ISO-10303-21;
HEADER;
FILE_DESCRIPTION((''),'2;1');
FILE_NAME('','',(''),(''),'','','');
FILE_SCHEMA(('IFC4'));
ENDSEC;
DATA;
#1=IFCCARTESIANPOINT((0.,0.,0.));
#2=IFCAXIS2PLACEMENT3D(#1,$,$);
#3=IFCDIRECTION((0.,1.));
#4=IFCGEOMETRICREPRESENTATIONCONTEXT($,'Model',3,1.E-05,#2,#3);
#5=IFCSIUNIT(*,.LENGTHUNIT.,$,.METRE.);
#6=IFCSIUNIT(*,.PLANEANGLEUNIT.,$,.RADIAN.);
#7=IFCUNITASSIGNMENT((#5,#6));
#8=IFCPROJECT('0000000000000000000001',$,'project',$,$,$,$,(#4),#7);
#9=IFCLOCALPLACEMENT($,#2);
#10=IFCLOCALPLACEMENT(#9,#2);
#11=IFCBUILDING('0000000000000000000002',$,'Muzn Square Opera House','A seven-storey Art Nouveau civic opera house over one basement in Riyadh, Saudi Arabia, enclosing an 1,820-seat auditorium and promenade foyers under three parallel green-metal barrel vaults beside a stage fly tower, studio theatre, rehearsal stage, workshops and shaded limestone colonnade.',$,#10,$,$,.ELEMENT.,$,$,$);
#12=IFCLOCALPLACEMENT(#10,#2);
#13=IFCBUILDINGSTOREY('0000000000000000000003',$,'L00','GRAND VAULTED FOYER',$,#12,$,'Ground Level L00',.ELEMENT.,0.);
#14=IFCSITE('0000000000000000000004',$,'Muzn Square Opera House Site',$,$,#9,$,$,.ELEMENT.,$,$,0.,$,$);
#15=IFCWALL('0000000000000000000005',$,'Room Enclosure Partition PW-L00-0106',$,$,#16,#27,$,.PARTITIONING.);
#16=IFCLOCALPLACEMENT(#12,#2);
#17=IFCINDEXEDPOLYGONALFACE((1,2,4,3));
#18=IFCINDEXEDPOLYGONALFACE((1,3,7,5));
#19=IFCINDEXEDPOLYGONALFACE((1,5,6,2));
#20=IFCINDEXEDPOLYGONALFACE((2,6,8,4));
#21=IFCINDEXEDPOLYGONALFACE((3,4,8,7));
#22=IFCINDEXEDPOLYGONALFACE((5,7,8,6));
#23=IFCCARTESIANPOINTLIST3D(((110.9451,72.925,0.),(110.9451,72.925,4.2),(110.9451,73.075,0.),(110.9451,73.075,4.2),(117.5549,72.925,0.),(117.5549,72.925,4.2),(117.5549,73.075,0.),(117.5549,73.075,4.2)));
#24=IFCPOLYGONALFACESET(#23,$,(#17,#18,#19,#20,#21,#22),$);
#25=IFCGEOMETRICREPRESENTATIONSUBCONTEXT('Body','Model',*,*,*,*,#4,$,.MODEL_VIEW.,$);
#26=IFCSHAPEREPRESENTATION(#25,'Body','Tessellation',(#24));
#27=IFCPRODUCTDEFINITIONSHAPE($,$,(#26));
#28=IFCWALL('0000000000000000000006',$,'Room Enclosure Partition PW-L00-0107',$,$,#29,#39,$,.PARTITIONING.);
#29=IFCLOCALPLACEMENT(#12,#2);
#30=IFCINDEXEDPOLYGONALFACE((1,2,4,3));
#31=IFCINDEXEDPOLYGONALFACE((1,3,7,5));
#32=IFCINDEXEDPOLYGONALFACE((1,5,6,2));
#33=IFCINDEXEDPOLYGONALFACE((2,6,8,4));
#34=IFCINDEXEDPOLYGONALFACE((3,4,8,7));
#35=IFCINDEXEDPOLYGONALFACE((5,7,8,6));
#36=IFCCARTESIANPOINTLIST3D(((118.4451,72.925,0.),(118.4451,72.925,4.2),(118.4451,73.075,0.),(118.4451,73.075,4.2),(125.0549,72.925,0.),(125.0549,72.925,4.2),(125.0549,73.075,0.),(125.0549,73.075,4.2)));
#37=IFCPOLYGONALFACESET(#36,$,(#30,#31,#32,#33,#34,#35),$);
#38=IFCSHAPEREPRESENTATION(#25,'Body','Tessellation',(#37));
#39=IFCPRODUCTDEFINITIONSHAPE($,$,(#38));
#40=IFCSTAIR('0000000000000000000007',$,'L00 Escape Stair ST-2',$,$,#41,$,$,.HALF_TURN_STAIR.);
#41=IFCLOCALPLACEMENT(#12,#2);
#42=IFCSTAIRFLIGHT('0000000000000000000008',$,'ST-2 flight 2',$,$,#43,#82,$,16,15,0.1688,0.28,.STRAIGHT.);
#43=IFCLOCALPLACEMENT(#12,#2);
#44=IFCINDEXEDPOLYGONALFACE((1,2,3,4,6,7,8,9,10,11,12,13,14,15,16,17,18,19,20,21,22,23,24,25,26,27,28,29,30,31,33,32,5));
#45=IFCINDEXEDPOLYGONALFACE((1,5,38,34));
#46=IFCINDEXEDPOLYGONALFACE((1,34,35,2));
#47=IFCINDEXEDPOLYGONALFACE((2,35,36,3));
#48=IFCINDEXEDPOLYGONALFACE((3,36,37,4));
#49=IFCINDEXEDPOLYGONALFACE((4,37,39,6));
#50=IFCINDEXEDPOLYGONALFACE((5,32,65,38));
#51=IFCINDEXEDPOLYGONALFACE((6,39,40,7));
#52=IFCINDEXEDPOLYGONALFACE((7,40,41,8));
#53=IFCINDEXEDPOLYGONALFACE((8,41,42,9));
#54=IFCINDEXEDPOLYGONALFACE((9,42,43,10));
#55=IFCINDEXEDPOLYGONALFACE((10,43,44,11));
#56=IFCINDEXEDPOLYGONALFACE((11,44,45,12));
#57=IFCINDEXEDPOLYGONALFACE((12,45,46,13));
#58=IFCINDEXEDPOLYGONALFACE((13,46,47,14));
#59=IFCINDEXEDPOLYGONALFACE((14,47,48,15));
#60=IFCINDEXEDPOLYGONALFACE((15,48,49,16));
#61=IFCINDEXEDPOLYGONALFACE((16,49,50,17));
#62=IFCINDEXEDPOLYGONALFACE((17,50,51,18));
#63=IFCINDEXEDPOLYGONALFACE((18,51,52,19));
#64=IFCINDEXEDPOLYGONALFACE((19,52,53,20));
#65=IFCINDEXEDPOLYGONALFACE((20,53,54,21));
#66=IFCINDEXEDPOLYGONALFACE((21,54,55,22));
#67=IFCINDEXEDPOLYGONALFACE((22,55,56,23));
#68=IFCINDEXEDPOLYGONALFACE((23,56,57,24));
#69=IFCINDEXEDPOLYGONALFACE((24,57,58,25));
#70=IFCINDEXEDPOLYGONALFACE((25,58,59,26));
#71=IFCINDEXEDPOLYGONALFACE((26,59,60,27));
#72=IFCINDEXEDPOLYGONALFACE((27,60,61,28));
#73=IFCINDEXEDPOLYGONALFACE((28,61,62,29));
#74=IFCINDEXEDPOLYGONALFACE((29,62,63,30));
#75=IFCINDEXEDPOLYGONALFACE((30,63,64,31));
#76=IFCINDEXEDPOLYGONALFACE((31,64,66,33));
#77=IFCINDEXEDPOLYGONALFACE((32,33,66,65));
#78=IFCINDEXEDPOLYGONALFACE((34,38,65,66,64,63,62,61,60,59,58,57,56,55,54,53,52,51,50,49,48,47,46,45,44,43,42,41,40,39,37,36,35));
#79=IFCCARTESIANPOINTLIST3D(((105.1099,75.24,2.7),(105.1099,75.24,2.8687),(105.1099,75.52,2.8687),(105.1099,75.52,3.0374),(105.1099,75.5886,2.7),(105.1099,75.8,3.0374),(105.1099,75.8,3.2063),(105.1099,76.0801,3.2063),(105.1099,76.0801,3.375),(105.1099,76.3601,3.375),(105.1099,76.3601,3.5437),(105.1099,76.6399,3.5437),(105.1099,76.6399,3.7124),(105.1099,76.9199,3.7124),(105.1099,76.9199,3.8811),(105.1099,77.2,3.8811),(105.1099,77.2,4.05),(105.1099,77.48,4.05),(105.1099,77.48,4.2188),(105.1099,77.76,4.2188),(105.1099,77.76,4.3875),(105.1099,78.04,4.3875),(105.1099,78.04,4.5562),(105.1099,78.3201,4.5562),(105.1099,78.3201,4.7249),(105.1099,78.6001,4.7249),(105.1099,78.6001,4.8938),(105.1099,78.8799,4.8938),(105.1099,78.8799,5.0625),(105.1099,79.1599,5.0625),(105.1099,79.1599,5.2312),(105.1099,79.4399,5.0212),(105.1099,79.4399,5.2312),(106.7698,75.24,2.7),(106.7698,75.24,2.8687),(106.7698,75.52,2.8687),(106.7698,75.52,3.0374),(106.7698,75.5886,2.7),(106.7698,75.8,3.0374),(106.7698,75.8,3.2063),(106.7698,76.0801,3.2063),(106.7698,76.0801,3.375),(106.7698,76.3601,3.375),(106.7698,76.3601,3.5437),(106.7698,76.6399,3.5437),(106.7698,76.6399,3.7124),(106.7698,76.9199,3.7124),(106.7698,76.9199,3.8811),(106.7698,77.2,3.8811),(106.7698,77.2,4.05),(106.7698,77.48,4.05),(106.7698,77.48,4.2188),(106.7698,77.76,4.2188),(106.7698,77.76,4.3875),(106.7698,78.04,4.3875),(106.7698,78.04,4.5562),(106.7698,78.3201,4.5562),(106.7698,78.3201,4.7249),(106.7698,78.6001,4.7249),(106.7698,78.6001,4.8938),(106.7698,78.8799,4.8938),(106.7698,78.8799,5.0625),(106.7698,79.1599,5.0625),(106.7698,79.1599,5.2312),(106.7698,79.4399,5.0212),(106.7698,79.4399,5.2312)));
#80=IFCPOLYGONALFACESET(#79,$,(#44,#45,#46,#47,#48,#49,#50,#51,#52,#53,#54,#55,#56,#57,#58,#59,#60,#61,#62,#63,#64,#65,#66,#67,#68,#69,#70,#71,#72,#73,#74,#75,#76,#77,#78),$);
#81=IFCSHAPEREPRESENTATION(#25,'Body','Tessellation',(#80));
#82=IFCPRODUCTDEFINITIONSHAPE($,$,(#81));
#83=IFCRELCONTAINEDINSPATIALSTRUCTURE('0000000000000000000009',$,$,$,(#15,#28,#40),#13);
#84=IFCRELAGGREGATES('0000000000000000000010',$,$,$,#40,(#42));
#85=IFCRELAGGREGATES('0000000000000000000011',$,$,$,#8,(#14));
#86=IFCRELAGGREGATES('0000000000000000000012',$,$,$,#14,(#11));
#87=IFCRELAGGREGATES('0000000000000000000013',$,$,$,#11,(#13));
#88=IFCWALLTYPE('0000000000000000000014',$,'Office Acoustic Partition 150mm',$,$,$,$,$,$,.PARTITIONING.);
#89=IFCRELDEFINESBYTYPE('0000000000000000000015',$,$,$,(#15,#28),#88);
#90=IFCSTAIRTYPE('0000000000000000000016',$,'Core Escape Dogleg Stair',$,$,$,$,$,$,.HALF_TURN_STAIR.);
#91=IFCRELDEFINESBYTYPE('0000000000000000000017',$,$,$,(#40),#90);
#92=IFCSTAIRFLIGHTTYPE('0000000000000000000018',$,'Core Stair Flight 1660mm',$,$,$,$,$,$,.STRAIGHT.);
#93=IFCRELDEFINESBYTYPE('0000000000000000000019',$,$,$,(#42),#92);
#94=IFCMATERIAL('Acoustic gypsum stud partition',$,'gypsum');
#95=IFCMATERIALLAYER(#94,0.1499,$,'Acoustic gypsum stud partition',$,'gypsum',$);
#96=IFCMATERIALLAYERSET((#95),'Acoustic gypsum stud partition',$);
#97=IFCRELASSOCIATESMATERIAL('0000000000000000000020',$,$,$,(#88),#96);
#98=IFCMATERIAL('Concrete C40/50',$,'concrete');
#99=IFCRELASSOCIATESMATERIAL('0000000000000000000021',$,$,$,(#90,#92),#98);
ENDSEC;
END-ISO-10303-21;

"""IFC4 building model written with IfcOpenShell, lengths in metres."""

from ifc_helpers import new_model, si_unit, direction, frame, frame_2d, origin, place, context, subcontext, project, spatial, polyline, rectangle, outline, extrude, material, layer, layer_set, type_object, element, aggregate, save


model = new_model("IFC4")

# Units and contexts
model_context = context("Model", 3, precision=1e-05, world=origin(), true_north=direction((0.0, 1.0)))
body_context = subcontext(model_context, "Body", "Model", "MODEL_VIEW")
ifc_project = project(units=[si_unit("LENGTHUNIT", "METRE"), si_unit("PLANEANGLEUNIT", "RADIAN")], contexts=[model_context])

# Site, building, storey
site_placement = place(None, origin())
site = spatial("IfcSite", under=ifc_project, at=site_placement, Name="Muzn Square Opera House Site", CompositionType="ELEMENT", RefElevation=0.0)
building_placement = place(site_placement, origin())
building = spatial("IfcBuilding", under=site, at=building_placement, Name="Muzn Square Opera House", Description="A seven-storey Art Nouveau civic opera house over one basement in Riyadh, Saudi Arabia, enclosing an 1,820-seat auditorium and promenade foyers under three parallel green-metal barrel vaults beside a stage fly tower, studio theatre, rehearsal stage, workshops and shaded limestone colonnade.", CompositionType="ELEMENT")
storey_placement = place(building_placement, origin())
storey = spatial("IfcBuildingStorey", under=building, at=storey_placement, Name="L00", Description="GRAND VAULTED FOYER", LongName="Ground Level L00", CompositionType="ELEMENT", Elevation=0.0)

# Shared definitions
ifc_material_1 = material(Name="Concrete C40/50", Category="concrete")

# Walls
ifc_material_2 = material(Name="Acoustic gypsum stud partition", Category="gypsum")
ifc_layer_1 = layer(ifc_material_2, 0.1499, Name="Acoustic gypsum stud partition", Category="gypsum")
ifc_layer_set_1 = layer_set([ifc_layer_1], Name="Acoustic gypsum stud partition")
wall_type_1 = type_object("IfcWallType", Name="Office Acoustic Partition 150mm", PredefinedType="PARTITIONING", material=ifc_layer_set_1)
for number, where, z_axis, x_axis, name in (
    (1, (110.9451, 73.0, 0.0), (0.0, 0.0, 1.0), (1.0, 0.0, 0.0), "Room Enclosure Partition PW-L00-0106"),
    (2, (118.4451, 73.0, 0.0), (0.0, 0.0, 1.0), (1.0, 0.0, 0.0), "Room Enclosure Partition PW-L00-0107"),
):
    element("IfcWall", number, at=place(storey_placement, frame(where, z_axis=z_axis, x_axis=x_axis)), inside=storey, type_object=wall_type_1, Name=name, PredefinedType="PARTITIONING", context=body_context, shape_type="SweptSolid", body=[
        extrude(rectangle(XDim=6.6099, YDim=0.1499, at=frame_2d((3.3049, 0.0))), origin(), (0.0, 0.0, 1.0), 4.2),
    ])

# Stair, stair flight
stair_type = type_object("IfcStairType", Name="Core Escape Dogleg Stair", PredefinedType="HALF_TURN_STAIR", material=ifc_material_1)
stair_placement = place(storey_placement, origin())
stair = element("IfcStair", 3, at=stair_placement, inside=storey, type_object=stair_type, Name="L00 Escape Stair ST-2", PredefinedType="HALF_TURN_STAIR")
stair_flight_type = type_object("IfcStairFlightType", Name="Core Stair Flight 1660mm", PredefinedType="STRAIGHT", material=ifc_material_1)
stair_flight_placement = place(storey_placement, frame((105.9399, 75.24, 2.7), z_axis=(0.0, 0.0, 1.0), x_axis=(0.0, 1.0, 0.0)))
stair_flight = element("IfcStairFlight", 4, at=stair_flight_placement, type_object=stair_flight_type, Name="ST-2 flight 2", NumberOfRisers=16, NumberOfTreads=15, PredefinedType="STRAIGHT", RiserHeight=0.1688, TreadLength=0.28, context=body_context, shape_type="SweptSolid", body=[
    extrude(outline(polyline([(0.0, 0.0), (0.0, 0.1687), (0.28, 0.1687), (0.28, 0.3374), (0.5601, 0.3374), (0.5601, 0.5063), (0.8401, 0.5063), (0.8401, 0.675), (1.1201, 0.675), (1.1201, 0.8438), (1.3999, 0.8438), (1.3999, 1.0125), (1.6799, 1.0125), (1.6799, 1.1812), (1.96, 1.1812), (1.96, 1.3501), (2.24, 1.3501), (2.24, 1.5188), (2.52, 1.5188), (2.52, 1.6875), (2.8, 1.6875), (2.8, 1.8562), (3.0801, 1.8562), (3.0801, 2.0249), (3.3601, 2.0249), (3.3601, 2.1938), (3.6399, 2.1938), (3.6399, 2.3625), (3.9199, 2.3625), (3.9199, 2.5312), (4.2, 2.5312), (4.2, 2.7), (4.2, 2.3213), (0.3486, 0.0), (0.0, 0.0)])), frame((0.0, 0.8301, 0.0), z_axis=(0.0, -1.0, 0.0), x_axis=(1.0, 0.0, 0.0)), (0.0, 0.0, 1.0), 1.6599),
])
aggregate(stair, [stair_flight])

save(model, "model.ifc")
